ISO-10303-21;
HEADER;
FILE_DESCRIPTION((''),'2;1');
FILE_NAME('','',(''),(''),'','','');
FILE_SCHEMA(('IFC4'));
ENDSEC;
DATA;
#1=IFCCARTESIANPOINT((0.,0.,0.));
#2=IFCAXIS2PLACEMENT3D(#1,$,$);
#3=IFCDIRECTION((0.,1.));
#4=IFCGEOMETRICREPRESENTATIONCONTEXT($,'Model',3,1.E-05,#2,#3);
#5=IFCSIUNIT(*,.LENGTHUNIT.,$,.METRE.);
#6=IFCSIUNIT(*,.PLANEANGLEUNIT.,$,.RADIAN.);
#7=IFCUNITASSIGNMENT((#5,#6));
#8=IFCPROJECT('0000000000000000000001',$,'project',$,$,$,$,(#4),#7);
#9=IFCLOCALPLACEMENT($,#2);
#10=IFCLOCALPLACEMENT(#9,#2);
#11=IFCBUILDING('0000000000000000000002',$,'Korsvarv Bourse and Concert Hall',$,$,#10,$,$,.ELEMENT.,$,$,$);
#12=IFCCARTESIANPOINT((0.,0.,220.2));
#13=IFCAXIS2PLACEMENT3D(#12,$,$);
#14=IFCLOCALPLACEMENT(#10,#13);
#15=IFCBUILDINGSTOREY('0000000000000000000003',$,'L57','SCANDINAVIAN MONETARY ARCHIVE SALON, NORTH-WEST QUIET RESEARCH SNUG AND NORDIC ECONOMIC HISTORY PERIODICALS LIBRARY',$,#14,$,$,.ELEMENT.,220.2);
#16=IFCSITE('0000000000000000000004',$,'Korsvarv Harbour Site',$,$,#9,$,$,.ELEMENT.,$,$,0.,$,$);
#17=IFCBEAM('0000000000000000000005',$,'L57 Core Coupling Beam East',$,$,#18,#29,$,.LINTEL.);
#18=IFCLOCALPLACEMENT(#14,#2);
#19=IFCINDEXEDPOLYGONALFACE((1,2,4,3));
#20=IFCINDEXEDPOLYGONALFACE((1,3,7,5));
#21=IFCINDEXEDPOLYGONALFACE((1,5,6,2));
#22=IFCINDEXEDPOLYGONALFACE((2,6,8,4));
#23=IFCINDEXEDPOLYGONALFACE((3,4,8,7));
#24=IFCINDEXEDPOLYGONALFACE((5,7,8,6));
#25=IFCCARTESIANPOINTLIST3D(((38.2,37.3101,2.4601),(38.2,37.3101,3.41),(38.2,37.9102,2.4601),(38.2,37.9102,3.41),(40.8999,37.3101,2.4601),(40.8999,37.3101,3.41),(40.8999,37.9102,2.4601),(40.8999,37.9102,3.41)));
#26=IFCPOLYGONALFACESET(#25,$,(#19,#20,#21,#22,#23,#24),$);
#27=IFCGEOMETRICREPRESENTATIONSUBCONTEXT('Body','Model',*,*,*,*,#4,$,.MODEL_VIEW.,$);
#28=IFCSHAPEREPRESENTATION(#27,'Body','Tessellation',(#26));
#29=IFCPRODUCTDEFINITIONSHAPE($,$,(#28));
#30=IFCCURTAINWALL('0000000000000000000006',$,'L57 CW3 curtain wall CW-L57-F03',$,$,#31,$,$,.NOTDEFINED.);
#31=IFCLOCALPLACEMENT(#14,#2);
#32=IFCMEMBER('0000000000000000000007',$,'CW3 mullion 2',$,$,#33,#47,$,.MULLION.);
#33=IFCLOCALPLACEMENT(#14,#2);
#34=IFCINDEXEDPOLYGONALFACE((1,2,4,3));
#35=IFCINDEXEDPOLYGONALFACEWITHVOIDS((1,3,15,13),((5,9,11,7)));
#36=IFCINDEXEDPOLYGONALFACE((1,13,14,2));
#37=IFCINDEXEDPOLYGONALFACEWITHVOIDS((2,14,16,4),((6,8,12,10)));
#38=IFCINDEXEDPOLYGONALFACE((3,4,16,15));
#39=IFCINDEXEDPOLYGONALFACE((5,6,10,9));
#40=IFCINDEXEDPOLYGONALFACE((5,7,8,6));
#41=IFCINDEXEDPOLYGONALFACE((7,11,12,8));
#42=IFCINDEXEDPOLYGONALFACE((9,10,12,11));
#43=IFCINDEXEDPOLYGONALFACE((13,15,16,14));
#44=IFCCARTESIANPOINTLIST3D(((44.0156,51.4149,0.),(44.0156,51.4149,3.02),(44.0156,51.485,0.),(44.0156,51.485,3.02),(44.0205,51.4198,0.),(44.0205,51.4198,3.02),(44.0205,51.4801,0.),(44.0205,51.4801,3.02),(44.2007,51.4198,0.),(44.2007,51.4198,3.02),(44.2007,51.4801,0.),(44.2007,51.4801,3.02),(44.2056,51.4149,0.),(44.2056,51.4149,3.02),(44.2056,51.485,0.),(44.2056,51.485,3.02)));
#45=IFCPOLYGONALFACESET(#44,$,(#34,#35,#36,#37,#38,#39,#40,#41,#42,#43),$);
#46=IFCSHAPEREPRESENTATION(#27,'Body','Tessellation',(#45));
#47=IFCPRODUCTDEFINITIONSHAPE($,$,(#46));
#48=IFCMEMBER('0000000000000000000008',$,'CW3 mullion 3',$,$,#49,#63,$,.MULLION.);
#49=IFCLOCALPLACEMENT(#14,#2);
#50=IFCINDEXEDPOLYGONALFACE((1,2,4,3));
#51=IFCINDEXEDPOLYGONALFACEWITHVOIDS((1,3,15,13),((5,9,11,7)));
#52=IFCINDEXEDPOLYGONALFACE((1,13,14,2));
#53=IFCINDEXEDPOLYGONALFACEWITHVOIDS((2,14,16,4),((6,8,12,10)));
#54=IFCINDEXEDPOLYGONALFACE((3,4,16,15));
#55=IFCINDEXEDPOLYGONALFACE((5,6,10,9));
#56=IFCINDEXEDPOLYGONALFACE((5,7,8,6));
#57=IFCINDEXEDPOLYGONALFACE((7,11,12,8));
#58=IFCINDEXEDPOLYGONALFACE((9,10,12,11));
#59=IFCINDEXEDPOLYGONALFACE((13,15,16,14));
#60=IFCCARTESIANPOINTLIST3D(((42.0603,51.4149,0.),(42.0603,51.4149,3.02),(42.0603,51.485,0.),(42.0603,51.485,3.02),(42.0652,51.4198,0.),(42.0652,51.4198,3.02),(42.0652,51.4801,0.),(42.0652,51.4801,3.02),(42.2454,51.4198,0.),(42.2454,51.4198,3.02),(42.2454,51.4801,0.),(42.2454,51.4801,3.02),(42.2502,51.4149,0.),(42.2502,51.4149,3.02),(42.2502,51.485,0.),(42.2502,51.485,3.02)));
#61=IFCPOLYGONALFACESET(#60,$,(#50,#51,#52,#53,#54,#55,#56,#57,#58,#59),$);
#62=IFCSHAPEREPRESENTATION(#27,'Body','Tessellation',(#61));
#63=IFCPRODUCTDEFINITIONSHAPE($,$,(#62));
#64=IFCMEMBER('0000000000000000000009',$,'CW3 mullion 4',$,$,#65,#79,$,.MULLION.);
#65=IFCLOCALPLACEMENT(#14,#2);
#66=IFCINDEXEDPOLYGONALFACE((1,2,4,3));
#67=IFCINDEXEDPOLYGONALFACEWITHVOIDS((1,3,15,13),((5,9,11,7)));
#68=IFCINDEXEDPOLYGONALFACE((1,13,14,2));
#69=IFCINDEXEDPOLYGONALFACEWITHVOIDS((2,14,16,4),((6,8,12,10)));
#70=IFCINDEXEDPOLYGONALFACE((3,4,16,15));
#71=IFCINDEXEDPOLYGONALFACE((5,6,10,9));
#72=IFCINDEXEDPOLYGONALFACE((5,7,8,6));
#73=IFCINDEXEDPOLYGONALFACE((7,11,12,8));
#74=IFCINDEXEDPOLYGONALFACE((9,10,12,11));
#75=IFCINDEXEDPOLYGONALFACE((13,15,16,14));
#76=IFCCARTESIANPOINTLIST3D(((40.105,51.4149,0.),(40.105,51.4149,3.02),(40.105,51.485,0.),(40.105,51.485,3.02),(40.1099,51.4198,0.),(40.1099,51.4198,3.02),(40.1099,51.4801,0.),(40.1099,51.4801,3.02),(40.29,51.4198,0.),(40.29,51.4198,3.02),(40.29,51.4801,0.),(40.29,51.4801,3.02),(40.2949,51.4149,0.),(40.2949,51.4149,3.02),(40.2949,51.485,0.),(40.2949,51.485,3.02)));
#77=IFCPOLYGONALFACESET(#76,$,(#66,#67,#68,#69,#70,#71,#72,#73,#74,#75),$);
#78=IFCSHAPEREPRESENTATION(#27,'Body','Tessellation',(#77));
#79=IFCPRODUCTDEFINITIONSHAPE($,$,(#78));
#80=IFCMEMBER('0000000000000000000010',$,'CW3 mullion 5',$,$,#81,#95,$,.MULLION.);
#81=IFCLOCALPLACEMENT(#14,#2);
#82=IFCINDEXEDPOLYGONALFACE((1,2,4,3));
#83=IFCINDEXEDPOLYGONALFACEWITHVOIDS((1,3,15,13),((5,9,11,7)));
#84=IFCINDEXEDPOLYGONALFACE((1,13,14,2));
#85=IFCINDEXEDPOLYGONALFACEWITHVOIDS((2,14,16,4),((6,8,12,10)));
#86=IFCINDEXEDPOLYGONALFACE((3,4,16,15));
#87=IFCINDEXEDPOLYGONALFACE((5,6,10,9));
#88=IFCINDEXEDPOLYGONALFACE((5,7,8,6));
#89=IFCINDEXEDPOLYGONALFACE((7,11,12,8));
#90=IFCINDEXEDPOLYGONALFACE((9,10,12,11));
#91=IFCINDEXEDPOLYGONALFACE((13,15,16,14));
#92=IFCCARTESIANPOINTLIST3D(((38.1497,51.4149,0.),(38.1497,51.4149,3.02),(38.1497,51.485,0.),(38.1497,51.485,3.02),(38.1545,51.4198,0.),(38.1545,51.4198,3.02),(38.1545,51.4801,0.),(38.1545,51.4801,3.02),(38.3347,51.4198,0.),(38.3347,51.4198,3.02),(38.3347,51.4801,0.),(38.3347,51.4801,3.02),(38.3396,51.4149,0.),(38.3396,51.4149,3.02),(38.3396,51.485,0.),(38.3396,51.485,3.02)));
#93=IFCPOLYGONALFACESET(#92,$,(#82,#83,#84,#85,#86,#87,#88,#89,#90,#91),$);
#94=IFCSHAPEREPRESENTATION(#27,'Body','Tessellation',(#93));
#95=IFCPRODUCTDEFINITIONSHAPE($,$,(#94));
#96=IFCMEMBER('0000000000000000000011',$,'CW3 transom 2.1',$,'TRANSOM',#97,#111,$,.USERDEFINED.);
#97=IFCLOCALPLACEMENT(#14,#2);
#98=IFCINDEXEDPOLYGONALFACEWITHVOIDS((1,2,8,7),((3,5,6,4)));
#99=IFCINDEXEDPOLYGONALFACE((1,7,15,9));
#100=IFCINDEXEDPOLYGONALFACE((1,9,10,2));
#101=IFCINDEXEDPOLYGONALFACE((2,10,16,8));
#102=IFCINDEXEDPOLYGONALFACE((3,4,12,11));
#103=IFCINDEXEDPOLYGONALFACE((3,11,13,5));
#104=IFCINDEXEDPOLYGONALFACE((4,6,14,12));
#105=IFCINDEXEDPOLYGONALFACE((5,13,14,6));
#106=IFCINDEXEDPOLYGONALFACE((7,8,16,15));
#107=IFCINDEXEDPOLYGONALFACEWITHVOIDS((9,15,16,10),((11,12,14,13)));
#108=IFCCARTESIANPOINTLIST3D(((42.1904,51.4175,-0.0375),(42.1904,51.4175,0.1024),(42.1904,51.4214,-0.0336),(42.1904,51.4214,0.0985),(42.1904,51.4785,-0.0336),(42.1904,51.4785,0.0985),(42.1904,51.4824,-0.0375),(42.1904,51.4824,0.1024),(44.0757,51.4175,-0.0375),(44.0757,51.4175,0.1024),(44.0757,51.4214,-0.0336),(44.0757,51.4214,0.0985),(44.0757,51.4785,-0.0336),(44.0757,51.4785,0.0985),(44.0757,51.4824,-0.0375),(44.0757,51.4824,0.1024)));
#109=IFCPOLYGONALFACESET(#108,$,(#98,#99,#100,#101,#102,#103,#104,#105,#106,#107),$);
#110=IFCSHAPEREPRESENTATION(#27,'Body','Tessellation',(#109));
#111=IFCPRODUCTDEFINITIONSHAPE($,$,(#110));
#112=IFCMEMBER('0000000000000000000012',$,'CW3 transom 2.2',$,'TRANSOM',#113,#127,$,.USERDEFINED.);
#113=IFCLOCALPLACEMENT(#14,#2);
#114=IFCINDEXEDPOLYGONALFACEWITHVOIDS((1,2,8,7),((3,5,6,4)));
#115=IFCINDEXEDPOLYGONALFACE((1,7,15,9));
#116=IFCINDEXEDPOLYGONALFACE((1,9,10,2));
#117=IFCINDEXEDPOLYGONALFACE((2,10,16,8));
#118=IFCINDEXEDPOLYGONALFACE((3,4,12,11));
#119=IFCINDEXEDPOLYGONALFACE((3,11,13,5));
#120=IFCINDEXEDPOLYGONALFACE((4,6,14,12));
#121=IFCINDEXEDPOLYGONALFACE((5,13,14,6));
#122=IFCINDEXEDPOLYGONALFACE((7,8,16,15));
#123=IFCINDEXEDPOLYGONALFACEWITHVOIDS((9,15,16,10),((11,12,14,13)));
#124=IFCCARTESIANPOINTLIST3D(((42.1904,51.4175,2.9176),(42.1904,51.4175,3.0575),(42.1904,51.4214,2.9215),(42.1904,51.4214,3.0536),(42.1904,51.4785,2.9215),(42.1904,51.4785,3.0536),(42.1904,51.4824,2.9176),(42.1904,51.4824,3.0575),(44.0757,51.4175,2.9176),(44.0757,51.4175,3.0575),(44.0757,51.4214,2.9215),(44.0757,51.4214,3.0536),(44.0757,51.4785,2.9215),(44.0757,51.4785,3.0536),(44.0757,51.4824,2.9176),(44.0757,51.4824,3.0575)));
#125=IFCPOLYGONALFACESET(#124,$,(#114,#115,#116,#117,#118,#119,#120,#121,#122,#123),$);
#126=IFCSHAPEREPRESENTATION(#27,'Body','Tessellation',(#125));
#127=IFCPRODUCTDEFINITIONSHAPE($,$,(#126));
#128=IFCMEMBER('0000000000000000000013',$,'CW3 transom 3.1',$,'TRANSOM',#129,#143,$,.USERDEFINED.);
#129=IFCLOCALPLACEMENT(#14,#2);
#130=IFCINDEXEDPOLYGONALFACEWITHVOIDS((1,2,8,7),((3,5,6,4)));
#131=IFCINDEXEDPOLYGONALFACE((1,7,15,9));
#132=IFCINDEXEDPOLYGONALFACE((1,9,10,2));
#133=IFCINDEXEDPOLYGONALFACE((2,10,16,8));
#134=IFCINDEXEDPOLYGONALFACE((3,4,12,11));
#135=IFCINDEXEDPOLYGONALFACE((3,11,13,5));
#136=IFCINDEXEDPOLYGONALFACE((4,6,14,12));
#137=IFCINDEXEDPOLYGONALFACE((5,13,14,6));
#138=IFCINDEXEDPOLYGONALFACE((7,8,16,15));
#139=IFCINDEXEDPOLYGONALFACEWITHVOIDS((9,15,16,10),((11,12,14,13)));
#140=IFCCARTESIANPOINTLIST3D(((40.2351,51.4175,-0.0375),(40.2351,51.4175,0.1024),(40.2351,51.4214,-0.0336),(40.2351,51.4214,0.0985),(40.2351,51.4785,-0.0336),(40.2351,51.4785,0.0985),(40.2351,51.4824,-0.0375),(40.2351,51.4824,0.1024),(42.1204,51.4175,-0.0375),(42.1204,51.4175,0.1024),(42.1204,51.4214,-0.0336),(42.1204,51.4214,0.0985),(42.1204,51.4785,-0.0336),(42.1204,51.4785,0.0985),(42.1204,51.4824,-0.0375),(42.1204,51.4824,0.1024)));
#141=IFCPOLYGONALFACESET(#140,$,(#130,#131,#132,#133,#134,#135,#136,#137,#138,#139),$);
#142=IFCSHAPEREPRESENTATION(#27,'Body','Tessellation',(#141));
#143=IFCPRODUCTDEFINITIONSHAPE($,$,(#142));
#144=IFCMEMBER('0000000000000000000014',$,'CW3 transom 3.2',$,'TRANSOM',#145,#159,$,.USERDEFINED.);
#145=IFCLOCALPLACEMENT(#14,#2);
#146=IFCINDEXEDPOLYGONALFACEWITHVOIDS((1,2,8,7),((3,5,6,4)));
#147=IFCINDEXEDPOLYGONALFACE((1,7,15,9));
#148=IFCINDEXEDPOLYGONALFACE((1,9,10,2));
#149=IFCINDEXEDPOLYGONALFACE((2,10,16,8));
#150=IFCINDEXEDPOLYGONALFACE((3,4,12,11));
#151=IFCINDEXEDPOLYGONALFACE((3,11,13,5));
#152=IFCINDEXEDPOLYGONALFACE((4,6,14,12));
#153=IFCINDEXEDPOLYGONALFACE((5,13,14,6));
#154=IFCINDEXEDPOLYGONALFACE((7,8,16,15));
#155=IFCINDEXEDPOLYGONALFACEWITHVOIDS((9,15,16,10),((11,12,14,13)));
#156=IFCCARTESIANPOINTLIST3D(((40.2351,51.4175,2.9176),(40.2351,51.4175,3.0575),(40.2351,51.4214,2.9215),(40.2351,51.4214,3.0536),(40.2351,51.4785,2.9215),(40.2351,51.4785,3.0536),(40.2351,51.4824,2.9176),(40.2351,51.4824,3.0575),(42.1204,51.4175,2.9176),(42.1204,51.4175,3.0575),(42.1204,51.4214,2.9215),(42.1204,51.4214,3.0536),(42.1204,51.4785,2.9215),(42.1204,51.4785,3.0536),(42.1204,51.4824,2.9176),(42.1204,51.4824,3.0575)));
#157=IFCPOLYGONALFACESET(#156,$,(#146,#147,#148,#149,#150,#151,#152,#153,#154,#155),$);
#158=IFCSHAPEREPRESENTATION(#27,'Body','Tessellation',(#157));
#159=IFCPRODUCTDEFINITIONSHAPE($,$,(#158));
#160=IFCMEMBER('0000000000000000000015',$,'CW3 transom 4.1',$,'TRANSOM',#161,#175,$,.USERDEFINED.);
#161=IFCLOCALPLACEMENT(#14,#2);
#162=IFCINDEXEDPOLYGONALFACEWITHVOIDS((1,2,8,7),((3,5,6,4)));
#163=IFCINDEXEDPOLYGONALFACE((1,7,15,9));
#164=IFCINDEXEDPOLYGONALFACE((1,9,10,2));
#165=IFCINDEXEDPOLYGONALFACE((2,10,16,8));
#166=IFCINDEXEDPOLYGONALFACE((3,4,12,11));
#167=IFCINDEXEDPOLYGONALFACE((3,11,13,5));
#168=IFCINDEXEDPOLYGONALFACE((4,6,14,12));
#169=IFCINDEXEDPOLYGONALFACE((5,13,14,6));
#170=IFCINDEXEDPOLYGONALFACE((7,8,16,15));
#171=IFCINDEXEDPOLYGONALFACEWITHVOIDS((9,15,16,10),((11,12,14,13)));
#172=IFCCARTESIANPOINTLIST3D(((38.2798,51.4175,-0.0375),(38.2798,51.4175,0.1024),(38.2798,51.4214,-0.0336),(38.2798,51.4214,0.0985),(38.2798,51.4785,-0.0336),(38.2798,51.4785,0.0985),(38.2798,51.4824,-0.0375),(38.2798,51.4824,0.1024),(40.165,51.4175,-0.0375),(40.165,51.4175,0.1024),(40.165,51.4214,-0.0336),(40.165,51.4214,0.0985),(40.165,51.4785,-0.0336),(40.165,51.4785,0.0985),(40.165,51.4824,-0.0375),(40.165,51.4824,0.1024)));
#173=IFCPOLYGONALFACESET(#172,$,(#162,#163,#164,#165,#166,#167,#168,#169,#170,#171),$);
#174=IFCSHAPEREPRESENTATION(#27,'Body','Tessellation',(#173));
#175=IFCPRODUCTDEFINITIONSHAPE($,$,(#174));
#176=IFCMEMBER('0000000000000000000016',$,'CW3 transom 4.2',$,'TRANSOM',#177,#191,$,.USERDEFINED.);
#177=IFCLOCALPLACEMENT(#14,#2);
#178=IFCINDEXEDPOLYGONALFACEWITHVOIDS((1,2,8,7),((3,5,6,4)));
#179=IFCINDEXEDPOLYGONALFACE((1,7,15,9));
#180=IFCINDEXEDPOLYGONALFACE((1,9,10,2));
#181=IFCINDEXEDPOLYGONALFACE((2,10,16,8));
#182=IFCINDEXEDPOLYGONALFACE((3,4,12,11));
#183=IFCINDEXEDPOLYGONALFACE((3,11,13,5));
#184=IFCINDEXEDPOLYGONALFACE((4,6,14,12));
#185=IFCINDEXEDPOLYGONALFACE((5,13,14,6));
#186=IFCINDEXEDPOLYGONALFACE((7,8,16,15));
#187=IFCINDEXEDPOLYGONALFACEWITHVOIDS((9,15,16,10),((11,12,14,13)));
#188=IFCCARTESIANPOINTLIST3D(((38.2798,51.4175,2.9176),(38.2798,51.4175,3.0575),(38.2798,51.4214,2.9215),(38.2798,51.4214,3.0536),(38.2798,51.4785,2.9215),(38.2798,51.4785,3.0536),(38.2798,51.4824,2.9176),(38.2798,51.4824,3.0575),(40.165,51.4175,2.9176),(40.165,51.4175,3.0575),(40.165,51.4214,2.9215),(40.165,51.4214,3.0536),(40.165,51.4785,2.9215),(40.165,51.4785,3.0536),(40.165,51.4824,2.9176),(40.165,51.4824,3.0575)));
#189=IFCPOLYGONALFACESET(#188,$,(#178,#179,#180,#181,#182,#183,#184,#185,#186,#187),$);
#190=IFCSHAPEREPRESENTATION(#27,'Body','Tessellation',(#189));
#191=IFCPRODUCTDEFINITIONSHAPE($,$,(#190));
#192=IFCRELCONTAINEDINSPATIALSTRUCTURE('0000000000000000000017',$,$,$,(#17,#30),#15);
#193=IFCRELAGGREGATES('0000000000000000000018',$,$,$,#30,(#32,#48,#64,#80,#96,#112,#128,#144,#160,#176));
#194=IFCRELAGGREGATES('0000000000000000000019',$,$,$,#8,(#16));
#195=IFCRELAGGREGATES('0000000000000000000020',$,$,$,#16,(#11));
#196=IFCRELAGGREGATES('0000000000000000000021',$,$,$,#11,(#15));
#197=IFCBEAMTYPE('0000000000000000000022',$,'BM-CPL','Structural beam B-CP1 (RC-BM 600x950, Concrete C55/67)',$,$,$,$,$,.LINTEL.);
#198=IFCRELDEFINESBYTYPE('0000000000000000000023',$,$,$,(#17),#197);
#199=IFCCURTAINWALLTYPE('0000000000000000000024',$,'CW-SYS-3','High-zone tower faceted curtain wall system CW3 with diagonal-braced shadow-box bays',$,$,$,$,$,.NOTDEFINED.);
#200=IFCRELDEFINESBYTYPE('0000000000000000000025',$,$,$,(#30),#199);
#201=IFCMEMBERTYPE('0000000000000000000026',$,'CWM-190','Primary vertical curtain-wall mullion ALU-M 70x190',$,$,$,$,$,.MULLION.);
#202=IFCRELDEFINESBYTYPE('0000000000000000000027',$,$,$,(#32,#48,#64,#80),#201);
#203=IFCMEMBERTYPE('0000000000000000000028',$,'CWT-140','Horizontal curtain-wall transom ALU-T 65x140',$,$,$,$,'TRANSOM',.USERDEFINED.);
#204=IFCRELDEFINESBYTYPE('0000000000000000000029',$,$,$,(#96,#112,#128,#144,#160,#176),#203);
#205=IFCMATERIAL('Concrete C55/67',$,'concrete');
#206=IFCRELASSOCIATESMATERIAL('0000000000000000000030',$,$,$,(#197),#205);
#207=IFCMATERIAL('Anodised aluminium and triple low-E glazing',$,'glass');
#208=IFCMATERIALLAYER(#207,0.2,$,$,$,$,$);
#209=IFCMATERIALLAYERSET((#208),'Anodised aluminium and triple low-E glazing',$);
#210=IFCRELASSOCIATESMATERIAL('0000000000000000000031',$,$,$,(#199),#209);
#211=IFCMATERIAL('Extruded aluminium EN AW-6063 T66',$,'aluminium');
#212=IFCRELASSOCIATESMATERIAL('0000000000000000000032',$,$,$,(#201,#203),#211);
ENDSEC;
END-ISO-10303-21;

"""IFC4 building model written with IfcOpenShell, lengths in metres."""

from ifc_helpers import new_model, si_unit, direction, frame, origin, origin_2d, place, context, subcontext, project, spatial, rectangle, hollow_rectangle, extrude, source, transform, mapped, material, layer, layer_set, material_profile, profile_set, type_object, element, aggregate, save


model = new_model("IFC4")

# Units and contexts
model_context = context("Model", 3, precision=1e-05, world=origin(), true_north=direction((0.0, 1.0)))
body_context = subcontext(model_context, "Body", "Model", "MODEL_VIEW")
ifc_project = project(units=[si_unit("LENGTHUNIT", "METRE"), si_unit("PLANEANGLEUNIT", "RADIAN")], contexts=[model_context])

# Site, building, storey
site_placement = place(None, origin())
site = spatial("IfcSite", under=ifc_project, at=site_placement, Name="Korsvarv Harbour Site", CompositionType="ELEMENT", RefElevation=0.0)
building_placement = place(site_placement, origin())
building = spatial("IfcBuilding", under=site, at=building_placement, Name="Korsvarv Bourse and Concert Hall", CompositionType="ELEMENT")
storey_placement = place(building_placement, frame((0.0, 0.0, 220.2)))
storey = spatial("IfcBuildingStorey", under=building, at=storey_placement, Name="L57", Description="SCANDINAVIAN MONETARY ARCHIVE SALON, NORTH-WEST QUIET RESEARCH SNUG AND NORDIC ECONOMIC HISTORY PERIODICALS LIBRARY", CompositionType="ELEMENT", Elevation=220.2)

# Beam
ifc_material_1 = material(Name="Concrete C55/67", Category="concrete")
ifc_material_profile_1 = material_profile(ifc_material_1, rectangle(XDim=0.6001, YDim=0.95, at=origin_2d()), Name="RC-BM 600x950")
ifc_profile_set_1 = profile_set([ifc_material_profile_1], Name="Concrete C55/67")
beam_type = type_object("IfcBeamType", Name="BM-CPL", Description="Structural beam B-CP1 (RC-BM 600x950, Concrete C55/67)", PredefinedType="LINTEL", material=ifc_profile_set_1)
shared_shape_1 = source(origin(), body_context, "Body", "SweptSolid", [
    extrude(rectangle(XDim=0.6001, YDim=0.95, at=origin_2d()), origin(), (0.0, 0.0, 1.0), 2.7),
])
beam_placement = place(storey_placement, frame((38.2, 37.6101, 2.9351), z_axis=(1.0, 0.0, 0.0), x_axis=(0.0, 1.0, 0.0)))
element("IfcBeam", 1, at=beam_placement, inside=storey, type_object=beam_type, Name="L57 Core Coupling Beam East", PredefinedType="LINTEL", context=body_context, shape_type="MappedRepresentation", body=[
    mapped(shared_shape_1, transform((0.0, 0.0, 0.0), scale=1.0)),
])

# Curtain wall, members
ifc_material_2 = material(Name="Anodised aluminium and triple low-E glazing", Category="glass")
ifc_layer_1 = layer(ifc_material_2, 0.2)
ifc_layer_set_1 = layer_set([ifc_layer_1], Name="Anodised aluminium and triple low-E glazing")
curtain_wall_type = type_object("IfcCurtainWallType", Name="CW-SYS-3", Description="High-zone tower faceted curtain wall system CW3 with diagonal-braced shadow-box bays", PredefinedType="NOTDEFINED", material=ifc_layer_set_1)
curtain_wall_placement = place(storey_placement, origin())
curtain_wall = element("IfcCurtainWall", 2, at=curtain_wall_placement, inside=storey, type_object=curtain_wall_type, Name="L57 CW3 curtain wall CW-L57-F03", PredefinedType="NOTDEFINED")
ifc_material_3 = material(Name="Extruded aluminium EN AW-6063 T66", Category="aluminium")
ifc_material_profile_2 = material_profile(ifc_material_3, hollow_rectangle(XDim=0.0701, YDim=0.1899, WallThickness=0.0049, at=origin_2d()), Name="ALU-M 70x190")
ifc_profile_set_2 = profile_set([ifc_material_profile_2], Name="Extruded aluminium EN AW-6063 T66")
member_type_1 = type_object("IfcMemberType", Name="CWM-190", Description="Primary vertical curtain-wall mullion ALU-M 70x190", PredefinedType="MULLION", material=ifc_profile_set_2)
shared_shape_2 = source(origin(), body_context, "Body", "SweptSolid", [
    extrude(hollow_rectangle(XDim=0.0701, YDim=0.1899, WallThickness=0.0049, at=origin_2d()), origin(), (0.0, 0.0, 1.0), 3.02),
])
member_1_placement = place(storey_placement, frame((44.1106, 51.45, 0.0), z_axis=(0.0, 0.0, 1.0), x_axis=(0.0, -1.0, 0.0)))
member_1 = element("IfcMember", 3, at=member_1_placement, type_object=member_type_1, Name="CW3 mullion 2", PredefinedType="MULLION", context=body_context, shape_type="MappedRepresentation", body=[
    mapped(shared_shape_2, transform((0.0, 0.0, 0.0), scale=1.0)),
])
member_2_placement = place(storey_placement, frame((42.1553, 51.45, 0.0), z_axis=(0.0, 0.0, 1.0), x_axis=(0.0, -1.0, 0.0)))
member_2 = element("IfcMember", 4, at=member_2_placement, type_object=member_type_1, Name="CW3 mullion 3", PredefinedType="MULLION", context=body_context, shape_type="MappedRepresentation", body=[
    mapped(shared_shape_2, transform((0.0, 0.0, 0.0), scale=1.0)),
])
member_3_placement = place(storey_placement, frame((40.2, 51.45, 0.0), z_axis=(0.0, 0.0, 1.0), x_axis=(0.0, -1.0, 0.0)))
member_3 = element("IfcMember", 5, at=member_3_placement, type_object=member_type_1, Name="CW3 mullion 4", PredefinedType="MULLION", context=body_context, shape_type="MappedRepresentation", body=[
    mapped(shared_shape_2, transform((0.0, 0.0, 0.0), scale=1.0)),
])
member_4_placement = place(storey_placement, frame((38.2446, 51.45, 0.0), z_axis=(0.0, 0.0, 1.0), x_axis=(0.0, -1.0, 0.0)))
member_4 = element("IfcMember", 6, at=member_4_placement, type_object=member_type_1, Name="CW3 mullion 5", PredefinedType="MULLION", context=body_context, shape_type="MappedRepresentation", body=[
    mapped(shared_shape_2, transform((0.0, 0.0, 0.0), scale=1.0)),
])
ifc_material_profile_3 = material_profile(ifc_material_3, hollow_rectangle(XDim=0.0649, YDim=0.1399, WallThickness=0.0039, at=origin_2d()), Name="ALU-T 65x140")
ifc_profile_set_3 = profile_set([ifc_material_profile_3], Name="Extruded aluminium EN AW-6063 T66")
member_type_2 = type_object("IfcMemberType", Name="CWT-140", Description="Horizontal curtain-wall transom ALU-T 65x140", ElementType="TRANSOM", PredefinedType="USERDEFINED", material=ifc_profile_set_3)
shared_shape_3 = source(origin(), body_context, "Body", "SweptSolid", [
    extrude(hollow_rectangle(XDim=0.0649, YDim=0.1399, WallThickness=0.0039, at=origin_2d()), origin(), (0.0, 0.0, 1.0), 1.8853),
])
member_5_placement = place(storey_placement, frame((44.0757, 51.45, 0.0325), z_axis=(-1.0, 0.0, 0.0), x_axis=(0.0, -1.0, 0.0)))
member_5 = element("IfcMember", 7, at=member_5_placement, type_object=member_type_2, Name="CW3 transom 2.1", ObjectType="TRANSOM", PredefinedType="USERDEFINED", context=body_context, shape_type="MappedRepresentation", body=[
    mapped(shared_shape_3, transform((0.0, 0.0, 0.0), scale=1.0)),
])
member_6_placement = place(storey_placement, frame((44.0757, 51.45, 2.9875), z_axis=(-1.0, 0.0, 0.0), x_axis=(0.0, -1.0, 0.0)))
member_6 = element("IfcMember", 8, at=member_6_placement, type_object=member_type_2, Name="CW3 transom 2.2", ObjectType="TRANSOM", PredefinedType="USERDEFINED", context=body_context, shape_type="MappedRepresentation", body=[
    mapped(shared_shape_3, transform((0.0, 0.0, 0.0), scale=1.0)),
])
member_7_placement = place(storey_placement, frame((42.1204, 51.45, 0.0325), z_axis=(-1.0, 0.0, 0.0), x_axis=(0.0, -1.0, 0.0)))
member_7 = element("IfcMember", 9, at=member_7_placement, type_object=member_type_2, Name="CW3 transom 3.1", ObjectType="TRANSOM", PredefinedType="USERDEFINED", context=body_context, shape_type="MappedRepresentation", body=[
    mapped(shared_shape_3, transform((0.0, 0.0, 0.0), scale=1.0)),
])
member_8_placement = place(storey_placement, frame((42.1204, 51.45, 2.9875), z_axis=(-1.0, 0.0, 0.0), x_axis=(0.0, -1.0, 0.0)))
member_8 = element("IfcMember", 10, at=member_8_placement, type_object=member_type_2, Name="CW3 transom 3.2", ObjectType="TRANSOM", PredefinedType="USERDEFINED", context=body_context, shape_type="MappedRepresentation", body=[
    mapped(shared_shape_3, transform((0.0, 0.0, 0.0), scale=1.0)),
])
member_9_placement = place(storey_placement, frame((40.165, 51.45, 0.0325), z_axis=(-1.0, 0.0, 0.0), x_axis=(0.0, -1.0, 0.0)))
member_9 = element("IfcMember", 11, at=member_9_placement, type_object=member_type_2, Name="CW3 transom 4.1", ObjectType="TRANSOM", PredefinedType="USERDEFINED", context=body_context, shape_type="MappedRepresentation", body=[
    mapped(shared_shape_3, transform((0.0, 0.0, 0.0), scale=1.0)),
])
member_10_placement = place(storey_placement, frame((40.165, 51.45, 2.9875), z_axis=(-1.0, 0.0, 0.0), x_axis=(0.0, -1.0, 0.0)))
member_10 = element("IfcMember", 12, at=member_10_placement, type_object=member_type_2, Name="CW3 transom 4.2", ObjectType="TRANSOM", PredefinedType="USERDEFINED", context=body_context, shape_type="MappedRepresentation", body=[
    mapped(shared_shape_3, transform((0.0, 0.0, 0.0), scale=1.0)),
])
aggregate(curtain_wall, [member_1, member_2, member_3, member_4, member_5, member_6, member_7, member_8, member_9, member_10])

save(model, "model.ifc")
